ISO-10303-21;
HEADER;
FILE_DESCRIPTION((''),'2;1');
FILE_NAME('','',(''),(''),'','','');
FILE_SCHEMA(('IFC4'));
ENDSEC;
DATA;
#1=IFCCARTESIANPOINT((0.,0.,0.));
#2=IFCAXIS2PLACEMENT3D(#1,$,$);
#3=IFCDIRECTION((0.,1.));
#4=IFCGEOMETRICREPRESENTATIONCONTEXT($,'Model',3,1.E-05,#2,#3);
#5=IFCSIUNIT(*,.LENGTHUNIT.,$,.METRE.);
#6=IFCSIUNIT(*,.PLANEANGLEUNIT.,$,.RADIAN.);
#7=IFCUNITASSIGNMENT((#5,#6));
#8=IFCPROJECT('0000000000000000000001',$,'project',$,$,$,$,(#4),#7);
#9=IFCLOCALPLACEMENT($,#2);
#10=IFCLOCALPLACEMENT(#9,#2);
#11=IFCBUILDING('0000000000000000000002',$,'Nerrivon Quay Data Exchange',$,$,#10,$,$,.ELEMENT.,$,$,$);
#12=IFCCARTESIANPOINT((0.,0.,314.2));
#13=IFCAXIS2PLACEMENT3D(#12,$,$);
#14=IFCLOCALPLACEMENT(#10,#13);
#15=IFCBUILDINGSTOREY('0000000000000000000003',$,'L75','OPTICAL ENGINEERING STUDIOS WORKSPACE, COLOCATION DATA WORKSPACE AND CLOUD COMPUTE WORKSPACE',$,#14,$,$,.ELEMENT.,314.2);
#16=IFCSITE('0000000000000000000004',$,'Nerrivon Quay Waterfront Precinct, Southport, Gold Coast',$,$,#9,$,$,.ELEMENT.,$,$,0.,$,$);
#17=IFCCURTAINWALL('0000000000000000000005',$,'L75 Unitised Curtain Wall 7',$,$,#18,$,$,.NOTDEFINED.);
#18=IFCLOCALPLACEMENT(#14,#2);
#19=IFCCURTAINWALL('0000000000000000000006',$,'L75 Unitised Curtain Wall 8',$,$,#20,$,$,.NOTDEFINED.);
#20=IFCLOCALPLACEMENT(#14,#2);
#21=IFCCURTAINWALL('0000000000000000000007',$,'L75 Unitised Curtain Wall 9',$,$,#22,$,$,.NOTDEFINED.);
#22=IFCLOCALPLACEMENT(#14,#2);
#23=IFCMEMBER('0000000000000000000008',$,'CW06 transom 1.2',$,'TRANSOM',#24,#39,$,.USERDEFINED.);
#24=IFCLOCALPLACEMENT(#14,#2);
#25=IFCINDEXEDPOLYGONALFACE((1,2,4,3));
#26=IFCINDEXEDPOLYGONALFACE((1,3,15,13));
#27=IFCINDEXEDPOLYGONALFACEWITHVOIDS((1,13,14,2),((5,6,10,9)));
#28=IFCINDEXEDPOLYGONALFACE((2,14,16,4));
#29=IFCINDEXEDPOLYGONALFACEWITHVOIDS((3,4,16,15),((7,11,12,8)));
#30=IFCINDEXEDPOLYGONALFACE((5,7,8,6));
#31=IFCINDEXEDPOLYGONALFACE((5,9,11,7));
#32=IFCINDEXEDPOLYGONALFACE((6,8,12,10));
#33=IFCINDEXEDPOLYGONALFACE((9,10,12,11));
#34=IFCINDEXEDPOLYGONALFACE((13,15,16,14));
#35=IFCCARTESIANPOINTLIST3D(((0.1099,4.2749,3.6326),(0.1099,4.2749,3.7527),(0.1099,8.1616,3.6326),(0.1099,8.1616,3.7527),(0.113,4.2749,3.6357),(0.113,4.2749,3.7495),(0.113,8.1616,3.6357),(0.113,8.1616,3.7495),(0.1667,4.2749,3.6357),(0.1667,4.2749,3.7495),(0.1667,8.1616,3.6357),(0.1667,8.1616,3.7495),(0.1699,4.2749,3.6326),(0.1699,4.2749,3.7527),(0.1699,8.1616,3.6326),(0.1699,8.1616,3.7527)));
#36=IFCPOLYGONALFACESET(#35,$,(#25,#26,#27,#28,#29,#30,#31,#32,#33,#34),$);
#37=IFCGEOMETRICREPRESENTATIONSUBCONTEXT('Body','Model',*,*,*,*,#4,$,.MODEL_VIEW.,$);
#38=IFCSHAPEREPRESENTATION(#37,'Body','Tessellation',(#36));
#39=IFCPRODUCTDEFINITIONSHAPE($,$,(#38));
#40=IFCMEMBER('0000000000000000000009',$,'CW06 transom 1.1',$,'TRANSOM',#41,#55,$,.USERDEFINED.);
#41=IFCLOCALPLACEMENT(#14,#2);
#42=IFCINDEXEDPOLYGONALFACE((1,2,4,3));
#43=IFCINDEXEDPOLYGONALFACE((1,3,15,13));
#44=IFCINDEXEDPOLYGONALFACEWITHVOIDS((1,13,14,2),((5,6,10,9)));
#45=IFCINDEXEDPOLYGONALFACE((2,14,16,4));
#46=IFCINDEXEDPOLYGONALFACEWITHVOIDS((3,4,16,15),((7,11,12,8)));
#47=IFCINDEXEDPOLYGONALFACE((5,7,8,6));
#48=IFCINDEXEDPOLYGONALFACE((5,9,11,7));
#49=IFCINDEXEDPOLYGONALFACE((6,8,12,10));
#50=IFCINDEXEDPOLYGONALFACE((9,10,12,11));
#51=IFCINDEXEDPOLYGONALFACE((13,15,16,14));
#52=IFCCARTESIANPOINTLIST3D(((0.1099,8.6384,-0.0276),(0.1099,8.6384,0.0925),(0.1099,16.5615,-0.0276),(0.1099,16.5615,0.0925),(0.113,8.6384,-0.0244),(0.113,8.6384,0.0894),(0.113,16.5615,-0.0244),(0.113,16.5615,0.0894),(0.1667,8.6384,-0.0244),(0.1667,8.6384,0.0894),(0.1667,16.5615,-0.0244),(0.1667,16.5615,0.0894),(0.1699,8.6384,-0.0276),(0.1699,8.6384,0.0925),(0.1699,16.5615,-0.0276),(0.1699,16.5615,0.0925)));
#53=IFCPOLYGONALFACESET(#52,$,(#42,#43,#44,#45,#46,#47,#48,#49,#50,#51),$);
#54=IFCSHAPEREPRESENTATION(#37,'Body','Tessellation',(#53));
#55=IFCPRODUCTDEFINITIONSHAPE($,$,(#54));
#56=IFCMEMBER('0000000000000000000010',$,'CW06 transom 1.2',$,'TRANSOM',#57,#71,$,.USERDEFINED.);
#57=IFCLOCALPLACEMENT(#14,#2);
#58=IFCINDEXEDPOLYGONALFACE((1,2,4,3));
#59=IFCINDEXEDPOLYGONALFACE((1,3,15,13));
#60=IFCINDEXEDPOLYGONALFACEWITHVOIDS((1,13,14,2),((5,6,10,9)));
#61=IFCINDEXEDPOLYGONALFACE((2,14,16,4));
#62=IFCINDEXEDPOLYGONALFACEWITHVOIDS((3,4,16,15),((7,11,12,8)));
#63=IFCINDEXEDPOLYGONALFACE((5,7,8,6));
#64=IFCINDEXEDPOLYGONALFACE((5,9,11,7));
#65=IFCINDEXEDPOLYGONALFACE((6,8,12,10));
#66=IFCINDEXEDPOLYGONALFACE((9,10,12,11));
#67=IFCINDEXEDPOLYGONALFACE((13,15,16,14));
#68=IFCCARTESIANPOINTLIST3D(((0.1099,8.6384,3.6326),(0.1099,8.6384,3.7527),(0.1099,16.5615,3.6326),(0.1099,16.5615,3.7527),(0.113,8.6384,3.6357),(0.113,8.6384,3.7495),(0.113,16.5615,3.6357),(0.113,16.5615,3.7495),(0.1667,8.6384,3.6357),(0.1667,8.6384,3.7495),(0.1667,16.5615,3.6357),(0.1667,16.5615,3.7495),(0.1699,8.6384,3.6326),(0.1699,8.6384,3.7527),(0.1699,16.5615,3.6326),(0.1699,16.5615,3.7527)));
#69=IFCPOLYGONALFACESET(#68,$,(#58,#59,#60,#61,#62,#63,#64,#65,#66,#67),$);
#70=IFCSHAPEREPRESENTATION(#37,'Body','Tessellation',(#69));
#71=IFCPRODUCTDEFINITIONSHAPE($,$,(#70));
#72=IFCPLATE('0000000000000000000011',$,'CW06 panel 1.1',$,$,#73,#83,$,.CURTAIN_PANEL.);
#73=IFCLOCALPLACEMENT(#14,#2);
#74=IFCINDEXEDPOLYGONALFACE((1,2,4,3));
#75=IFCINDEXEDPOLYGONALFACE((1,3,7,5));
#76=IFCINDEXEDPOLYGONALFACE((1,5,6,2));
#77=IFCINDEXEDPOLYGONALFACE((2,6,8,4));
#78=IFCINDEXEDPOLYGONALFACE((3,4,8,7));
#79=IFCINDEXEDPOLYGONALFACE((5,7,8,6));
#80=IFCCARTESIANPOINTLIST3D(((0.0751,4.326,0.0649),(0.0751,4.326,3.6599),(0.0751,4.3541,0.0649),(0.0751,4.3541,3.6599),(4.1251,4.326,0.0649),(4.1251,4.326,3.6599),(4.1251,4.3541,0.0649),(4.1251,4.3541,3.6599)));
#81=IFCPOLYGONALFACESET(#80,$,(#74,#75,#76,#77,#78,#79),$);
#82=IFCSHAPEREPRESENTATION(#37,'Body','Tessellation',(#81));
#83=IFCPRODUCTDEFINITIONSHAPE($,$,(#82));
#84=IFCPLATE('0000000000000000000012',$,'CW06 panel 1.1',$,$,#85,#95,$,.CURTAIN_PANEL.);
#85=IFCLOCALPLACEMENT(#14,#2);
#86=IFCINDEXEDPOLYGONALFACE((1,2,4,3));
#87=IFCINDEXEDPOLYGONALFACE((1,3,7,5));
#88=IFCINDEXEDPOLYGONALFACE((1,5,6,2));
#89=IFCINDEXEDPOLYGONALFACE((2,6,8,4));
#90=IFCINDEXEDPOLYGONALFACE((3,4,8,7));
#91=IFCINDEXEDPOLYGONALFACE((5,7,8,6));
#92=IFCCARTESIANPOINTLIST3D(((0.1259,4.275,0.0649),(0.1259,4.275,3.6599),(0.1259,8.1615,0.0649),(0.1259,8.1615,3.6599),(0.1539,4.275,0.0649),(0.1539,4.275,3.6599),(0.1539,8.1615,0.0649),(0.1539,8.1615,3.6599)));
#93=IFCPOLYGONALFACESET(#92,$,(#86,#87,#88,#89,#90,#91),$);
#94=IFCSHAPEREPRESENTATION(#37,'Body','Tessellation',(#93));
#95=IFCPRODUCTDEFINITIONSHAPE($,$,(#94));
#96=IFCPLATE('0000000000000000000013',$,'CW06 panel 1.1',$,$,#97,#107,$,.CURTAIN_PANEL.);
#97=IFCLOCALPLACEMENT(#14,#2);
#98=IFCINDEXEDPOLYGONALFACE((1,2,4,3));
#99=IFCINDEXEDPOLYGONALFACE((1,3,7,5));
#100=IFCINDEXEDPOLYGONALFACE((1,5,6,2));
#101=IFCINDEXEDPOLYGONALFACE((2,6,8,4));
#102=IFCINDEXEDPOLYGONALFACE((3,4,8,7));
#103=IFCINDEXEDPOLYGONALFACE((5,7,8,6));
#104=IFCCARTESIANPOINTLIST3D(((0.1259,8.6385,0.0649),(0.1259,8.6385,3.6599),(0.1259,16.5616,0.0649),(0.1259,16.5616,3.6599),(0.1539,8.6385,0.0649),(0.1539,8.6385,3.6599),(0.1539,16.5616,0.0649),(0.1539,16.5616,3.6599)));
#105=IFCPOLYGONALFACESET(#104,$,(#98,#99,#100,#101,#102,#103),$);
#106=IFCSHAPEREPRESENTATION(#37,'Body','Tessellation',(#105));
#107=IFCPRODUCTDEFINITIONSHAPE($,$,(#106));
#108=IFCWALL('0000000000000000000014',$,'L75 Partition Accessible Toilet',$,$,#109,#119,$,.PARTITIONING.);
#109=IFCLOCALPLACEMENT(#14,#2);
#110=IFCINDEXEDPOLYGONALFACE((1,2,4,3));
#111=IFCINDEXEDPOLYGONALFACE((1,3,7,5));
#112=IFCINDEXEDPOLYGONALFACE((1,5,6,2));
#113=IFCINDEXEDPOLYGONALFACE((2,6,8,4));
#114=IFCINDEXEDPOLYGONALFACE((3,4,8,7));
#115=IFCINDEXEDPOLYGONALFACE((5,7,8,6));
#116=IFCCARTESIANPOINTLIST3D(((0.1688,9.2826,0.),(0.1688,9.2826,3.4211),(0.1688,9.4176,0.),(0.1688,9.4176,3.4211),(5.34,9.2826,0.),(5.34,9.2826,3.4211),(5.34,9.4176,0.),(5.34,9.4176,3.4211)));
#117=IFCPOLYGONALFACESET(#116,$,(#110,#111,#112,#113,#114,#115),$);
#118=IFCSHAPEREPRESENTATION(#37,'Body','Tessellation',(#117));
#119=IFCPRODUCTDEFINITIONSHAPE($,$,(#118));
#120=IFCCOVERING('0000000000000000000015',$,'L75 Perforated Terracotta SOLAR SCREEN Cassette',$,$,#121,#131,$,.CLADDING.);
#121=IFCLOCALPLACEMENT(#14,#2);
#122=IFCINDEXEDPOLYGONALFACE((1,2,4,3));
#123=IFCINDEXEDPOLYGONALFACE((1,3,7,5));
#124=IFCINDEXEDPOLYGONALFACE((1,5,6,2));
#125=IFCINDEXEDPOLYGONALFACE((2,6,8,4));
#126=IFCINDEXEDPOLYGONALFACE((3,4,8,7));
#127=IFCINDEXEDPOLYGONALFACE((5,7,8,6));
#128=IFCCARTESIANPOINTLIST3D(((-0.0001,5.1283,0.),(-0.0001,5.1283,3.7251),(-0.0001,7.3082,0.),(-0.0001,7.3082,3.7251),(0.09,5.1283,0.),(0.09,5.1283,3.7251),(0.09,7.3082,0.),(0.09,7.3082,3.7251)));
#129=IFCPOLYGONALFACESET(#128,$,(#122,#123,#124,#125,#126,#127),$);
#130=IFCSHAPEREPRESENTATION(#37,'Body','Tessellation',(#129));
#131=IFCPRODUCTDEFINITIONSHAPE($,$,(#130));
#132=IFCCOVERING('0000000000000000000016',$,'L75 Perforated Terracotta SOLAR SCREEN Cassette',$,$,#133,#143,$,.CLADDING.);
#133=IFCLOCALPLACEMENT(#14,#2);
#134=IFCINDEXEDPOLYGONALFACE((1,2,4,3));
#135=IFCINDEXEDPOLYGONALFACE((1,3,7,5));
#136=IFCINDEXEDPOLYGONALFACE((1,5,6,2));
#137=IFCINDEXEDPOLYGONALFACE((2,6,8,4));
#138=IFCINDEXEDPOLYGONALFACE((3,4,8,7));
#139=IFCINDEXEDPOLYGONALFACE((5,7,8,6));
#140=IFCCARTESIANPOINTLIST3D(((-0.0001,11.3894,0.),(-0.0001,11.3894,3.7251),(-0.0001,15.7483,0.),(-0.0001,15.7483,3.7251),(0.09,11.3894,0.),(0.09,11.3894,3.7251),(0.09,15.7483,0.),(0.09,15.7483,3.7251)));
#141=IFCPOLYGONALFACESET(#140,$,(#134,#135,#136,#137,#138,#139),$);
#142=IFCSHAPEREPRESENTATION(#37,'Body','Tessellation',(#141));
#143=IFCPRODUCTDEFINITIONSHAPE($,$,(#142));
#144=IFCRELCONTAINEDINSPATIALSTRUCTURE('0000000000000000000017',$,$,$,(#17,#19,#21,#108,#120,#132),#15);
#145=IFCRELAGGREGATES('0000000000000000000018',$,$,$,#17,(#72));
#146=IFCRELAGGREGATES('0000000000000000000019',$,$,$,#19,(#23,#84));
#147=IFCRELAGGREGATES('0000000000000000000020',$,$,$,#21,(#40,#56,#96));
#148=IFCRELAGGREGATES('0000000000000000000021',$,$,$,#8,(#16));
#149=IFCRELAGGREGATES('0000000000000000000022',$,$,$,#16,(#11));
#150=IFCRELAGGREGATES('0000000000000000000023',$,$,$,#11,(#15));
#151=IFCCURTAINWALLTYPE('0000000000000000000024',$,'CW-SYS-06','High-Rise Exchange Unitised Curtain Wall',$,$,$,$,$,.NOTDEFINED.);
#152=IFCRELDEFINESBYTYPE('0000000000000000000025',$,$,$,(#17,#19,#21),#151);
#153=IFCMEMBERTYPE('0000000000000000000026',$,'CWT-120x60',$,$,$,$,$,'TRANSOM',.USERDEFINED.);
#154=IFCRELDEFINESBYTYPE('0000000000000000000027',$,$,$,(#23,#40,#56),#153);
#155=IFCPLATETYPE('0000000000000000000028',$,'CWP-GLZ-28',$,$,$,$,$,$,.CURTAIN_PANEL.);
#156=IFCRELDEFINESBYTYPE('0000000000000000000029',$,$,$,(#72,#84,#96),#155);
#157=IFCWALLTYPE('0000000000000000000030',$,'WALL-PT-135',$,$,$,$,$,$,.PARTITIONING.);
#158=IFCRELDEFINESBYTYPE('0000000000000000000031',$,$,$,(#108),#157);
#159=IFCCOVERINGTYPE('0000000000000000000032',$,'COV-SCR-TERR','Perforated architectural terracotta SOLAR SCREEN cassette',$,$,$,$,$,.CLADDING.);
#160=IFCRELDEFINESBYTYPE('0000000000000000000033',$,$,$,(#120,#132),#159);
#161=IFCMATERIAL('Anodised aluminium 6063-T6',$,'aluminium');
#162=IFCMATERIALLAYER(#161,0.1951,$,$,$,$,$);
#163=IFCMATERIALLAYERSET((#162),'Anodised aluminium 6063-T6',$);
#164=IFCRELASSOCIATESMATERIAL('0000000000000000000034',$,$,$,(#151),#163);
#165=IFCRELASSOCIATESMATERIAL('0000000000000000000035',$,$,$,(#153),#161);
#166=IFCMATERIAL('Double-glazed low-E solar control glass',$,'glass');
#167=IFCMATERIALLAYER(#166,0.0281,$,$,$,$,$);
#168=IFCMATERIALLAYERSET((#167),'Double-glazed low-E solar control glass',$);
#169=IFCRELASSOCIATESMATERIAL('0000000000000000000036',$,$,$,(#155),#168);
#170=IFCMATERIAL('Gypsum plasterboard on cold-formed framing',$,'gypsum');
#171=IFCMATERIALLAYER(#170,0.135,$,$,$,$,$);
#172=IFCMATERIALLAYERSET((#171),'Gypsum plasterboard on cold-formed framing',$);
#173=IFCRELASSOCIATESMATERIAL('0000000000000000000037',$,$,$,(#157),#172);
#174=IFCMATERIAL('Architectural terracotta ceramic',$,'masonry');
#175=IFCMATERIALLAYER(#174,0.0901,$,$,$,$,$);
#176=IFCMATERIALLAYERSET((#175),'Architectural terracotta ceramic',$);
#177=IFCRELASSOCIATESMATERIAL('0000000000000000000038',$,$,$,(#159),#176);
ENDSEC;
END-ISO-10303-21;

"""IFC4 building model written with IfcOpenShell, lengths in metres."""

from ifc_helpers import new_model, si_unit, direction, frame, frame_2d, origin, origin_2d, place, context, subcontext, project, spatial, rectangle, hollow_rectangle, extrude, material, layer, layer_set, material_profile, profile_set, type_object, element, aggregate, save


model = new_model("IFC4")

# Units and contexts
model_context = context("Model", 3, precision=1e-05, world=origin(), true_north=direction((0.0, 1.0)))
body_context = subcontext(model_context, "Body", "Model", "MODEL_VIEW")
ifc_project = project(units=[si_unit("LENGTHUNIT", "METRE"), si_unit("PLANEANGLEUNIT", "RADIAN")], contexts=[model_context])

# Site, building, storey
site_placement = place(None, origin())
site = spatial("IfcSite", under=ifc_project, at=site_placement, Name="Nerrivon Quay Waterfront Precinct, Southport, Gold Coast", CompositionType="ELEMENT", RefElevation=0.0)
building_placement = place(site_placement, origin())
building = spatial("IfcBuilding", under=site, at=building_placement, Name="Nerrivon Quay Data Exchange", CompositionType="ELEMENT")
storey_placement = place(building_placement, frame((0.0, 0.0, 314.2)))
storey = spatial("IfcBuildingStorey", under=building, at=storey_placement, Name="L75", Description="OPTICAL ENGINEERING STUDIOS WORKSPACE, COLOCATION DATA WORKSPACE AND CLOUD COMPUTE WORKSPACE", CompositionType="ELEMENT", Elevation=314.2)

# Curtain wall
ifc_material_1 = material(Name="Anodised aluminium 6063-T6", Category="aluminium")
ifc_layer_1 = layer(ifc_material_1, 0.1951)
ifc_layer_set_1 = layer_set([ifc_layer_1], Name="Anodised aluminium 6063-T6")
curtain_wall_type = type_object("IfcCurtainWallType", Name="CW-SYS-06", Description="High-Rise Exchange Unitised Curtain Wall", PredefinedType="NOTDEFINED", material=ifc_layer_set_1)
curtain_wall_1_placement = place(storey_placement, origin())
curtain_wall_1 = element("IfcCurtainWall", 1, at=curtain_wall_1_placement, inside=storey, type_object=curtain_wall_type, Name="L75 Unitised Curtain Wall 7", PredefinedType="NOTDEFINED")

# Curtain wall
curtain_wall_2_placement = place(storey_placement, origin())
curtain_wall_2 = element("IfcCurtainWall", 2, at=curtain_wall_2_placement, inside=storey, type_object=curtain_wall_type, Name="L75 Unitised Curtain Wall 8", PredefinedType="NOTDEFINED")

# Curtain wall
curtain_wall_3_placement = place(storey_placement, origin())
curtain_wall_3 = element("IfcCurtainWall", 3, at=curtain_wall_3_placement, inside=storey, type_object=curtain_wall_type, Name="L75 Unitised Curtain Wall 9", PredefinedType="NOTDEFINED")

# Members
ifc_material_profile_1 = material_profile(ifc_material_1, hollow_rectangle(XDim=0.0601, YDim=0.1201, WallThickness=0.0032, at=origin_2d()), Name="ALU-TRAN-120x60")
ifc_profile_set_1 = profile_set([ifc_material_profile_1], Name="Anodised aluminium 6063-T6")
member_type_1 = type_object("IfcMemberType", Name="CWT-120x60", ElementType="TRANSOM", PredefinedType="USERDEFINED", material=ifc_profile_set_1)
member_1_placement = place(storey_placement, frame((0.1399, 4.2749, 3.6926), z_axis=(0.0, 1.0, 0.0), x_axis=(-1.0, 0.0, 0.0)))
member_1 = element("IfcMember", 4, at=member_1_placement, type_object=member_type_1, Name="CW06 transom 1.2", ObjectType="TRANSOM", PredefinedType="USERDEFINED", context=body_context, shape_type="SweptSolid", body=[
    extrude(hollow_rectangle(XDim=0.0601, YDim=0.1201, WallThickness=0.0032, at=origin_2d()), origin(), (0.0, 0.0, 1.0), 3.8867),
])
member_2_placement = place(storey_placement, frame((0.1399, 8.6384, 0.0325), z_axis=(0.0, 1.0, 0.0), x_axis=(-1.0, 0.0, 0.0)))
member_2 = element("IfcMember", 5, at=member_2_placement, type_object=member_type_1, Name="CW06 transom 1.1", ObjectType="TRANSOM", PredefinedType="USERDEFINED", context=body_context, shape_type="SweptSolid", body=[
    extrude(hollow_rectangle(XDim=0.0601, YDim=0.1201, WallThickness=0.0032, at=origin_2d()), origin(), (0.0, 0.0, 1.0), 7.9231),
])
member_3_placement = place(storey_placement, frame((0.1399, 8.6384, 3.6926), z_axis=(0.0, 1.0, 0.0), x_axis=(-1.0, 0.0, 0.0)))
member_3 = element("IfcMember", 6, at=member_3_placement, type_object=member_type_1, Name="CW06 transom 1.2", ObjectType="TRANSOM", PredefinedType="USERDEFINED", context=body_context, shape_type="SweptSolid", body=[
    extrude(hollow_rectangle(XDim=0.0601, YDim=0.1201, WallThickness=0.0032, at=origin_2d()), origin(), (0.0, 0.0, 1.0), 7.9231),
])

# Plates
ifc_material_2 = material(Name="Double-glazed low-E solar control glass", Category="glass")
ifc_layer_2 = layer(ifc_material_2, 0.0281)
ifc_layer_set_2 = layer_set([ifc_layer_2], Name="Double-glazed low-E solar control glass")
plate_type = type_object("IfcPlateType", Name="CWP-GLZ-28", PredefinedType="CURTAIN_PANEL", material=ifc_layer_set_2)
plate_1_placement = place(storey_placement, frame((2.1001, 4.3401, 0.0649), z_axis=(0.0, 0.0, 1.0), x_axis=(-1.0, 0.0, 0.0)))
plate_1 = element("IfcPlate", 7, at=plate_1_placement, type_object=plate_type, Name="CW06 panel 1.1", PredefinedType="CURTAIN_PANEL", context=body_context, shape_type="SweptSolid", body=[
    extrude(rectangle(XDim=4.05, YDim=0.0281, at=origin_2d()), origin(), (0.0, 0.0, 1.0), 3.595),
])
aggregate(curtain_wall_1, [plate_1])
plate_2_placement = place(storey_placement, frame((0.1399, 6.2183, 0.0649), z_axis=(0.0, 0.0, 1.0), x_axis=(0.0, 1.0, 0.0)))
plate_2 = element("IfcPlate", 8, at=plate_2_placement, type_object=plate_type, Name="CW06 panel 1.1", PredefinedType="CURTAIN_PANEL", context=body_context, shape_type="SweptSolid", body=[
    extrude(rectangle(XDim=3.8865, YDim=0.0281, at=origin_2d()), origin(), (0.0, 0.0, 1.0), 3.595),
])
aggregate(curtain_wall_2, [member_1, plate_2])
plate_3_placement = place(storey_placement, frame((0.1399, 12.6001, 0.0649), z_axis=(0.0, 0.0, 1.0), x_axis=(0.0, 1.0, 0.0)))
plate_3 = element("IfcPlate", 9, at=plate_3_placement, type_object=plate_type, Name="CW06 panel 1.1", PredefinedType="CURTAIN_PANEL", context=body_context, shape_type="SweptSolid", body=[
    extrude(rectangle(XDim=7.9231, YDim=0.0281, at=origin_2d()), origin(), (0.0, 0.0, 1.0), 3.595),
])
aggregate(curtain_wall_3, [member_2, member_3, plate_3])

# Wall
ifc_material_3 = material(Name="Gypsum plasterboard on cold-formed framing", Category="gypsum")
ifc_layer_3 = layer(ifc_material_3, 0.135)
ifc_layer_set_3 = layer_set([ifc_layer_3], Name="Gypsum plasterboard on cold-formed framing")
wall_type = type_object("IfcWallType", Name="WALL-PT-135", PredefinedType="PARTITIONING", material=ifc_layer_set_3)
wall_placement = place(storey_placement, frame((0.1689, 9.3501, 0.0), z_axis=(0.0, 0.0, 1.0), x_axis=(1.0, 0.0, 0.0)))
element("IfcWall", 10, at=wall_placement, inside=storey, type_object=wall_type, Name="L75 Partition Accessible Toilet", PredefinedType="PARTITIONING", context=body_context, shape_type="SweptSolid", body=[
    extrude(rectangle(XDim=5.1711, YDim=0.135, at=frame_2d((2.5854, 0.0))), origin(), (0.0, 0.0, 1.0), 3.4211),
])

# Coverings
ifc_material_4 = material(Name="Architectural terracotta ceramic", Category="masonry")
ifc_layer_4 = layer(ifc_material_4, 0.0901)
ifc_layer_set_4 = layer_set([ifc_layer_4], Name="Architectural terracotta ceramic")
covering_type = type_object("IfcCoveringType", Name="COV-SCR-TERR", Description="Perforated architectural terracotta SOLAR SCREEN cassette", PredefinedType="CLADDING", material=ifc_layer_set_4)
covering_1_placement = place(storey_placement, frame((0.0449, 6.2183, 0.0), z_axis=(0.0, 0.0, 1.0), x_axis=(0.0, 1.0, 0.0)))
element("IfcCovering", 11, at=covering_1_placement, inside=storey, type_object=covering_type, Name="L75 Perforated Terracotta SOLAR SCREEN Cassette", PredefinedType="CLADDING", context=body_context, shape_type="SweptSolid", body=[
    extrude(rectangle(XDim=2.1799, YDim=0.0901, at=origin_2d()), origin(), (0.0, 0.0, 1.0), 3.7251),
])
covering_2_placement = place(storey_placement, frame((0.0449, 13.5688, 0.0), z_axis=(0.0, 0.0, 1.0), x_axis=(0.0, 1.0, 0.0)))
element("IfcCovering", 12, at=covering_2_placement, inside=storey, type_object=covering_type, Name="L75 Perforated Terracotta SOLAR SCREEN Cassette", PredefinedType="CLADDING", context=body_context, shape_type="SweptSolid", body=[
    extrude(rectangle(XDim=4.3589, YDim=0.0901, at=origin_2d()), origin(), (0.0, 0.0, 1.0), 3.7251),
])

save(model, "model.ifc")
